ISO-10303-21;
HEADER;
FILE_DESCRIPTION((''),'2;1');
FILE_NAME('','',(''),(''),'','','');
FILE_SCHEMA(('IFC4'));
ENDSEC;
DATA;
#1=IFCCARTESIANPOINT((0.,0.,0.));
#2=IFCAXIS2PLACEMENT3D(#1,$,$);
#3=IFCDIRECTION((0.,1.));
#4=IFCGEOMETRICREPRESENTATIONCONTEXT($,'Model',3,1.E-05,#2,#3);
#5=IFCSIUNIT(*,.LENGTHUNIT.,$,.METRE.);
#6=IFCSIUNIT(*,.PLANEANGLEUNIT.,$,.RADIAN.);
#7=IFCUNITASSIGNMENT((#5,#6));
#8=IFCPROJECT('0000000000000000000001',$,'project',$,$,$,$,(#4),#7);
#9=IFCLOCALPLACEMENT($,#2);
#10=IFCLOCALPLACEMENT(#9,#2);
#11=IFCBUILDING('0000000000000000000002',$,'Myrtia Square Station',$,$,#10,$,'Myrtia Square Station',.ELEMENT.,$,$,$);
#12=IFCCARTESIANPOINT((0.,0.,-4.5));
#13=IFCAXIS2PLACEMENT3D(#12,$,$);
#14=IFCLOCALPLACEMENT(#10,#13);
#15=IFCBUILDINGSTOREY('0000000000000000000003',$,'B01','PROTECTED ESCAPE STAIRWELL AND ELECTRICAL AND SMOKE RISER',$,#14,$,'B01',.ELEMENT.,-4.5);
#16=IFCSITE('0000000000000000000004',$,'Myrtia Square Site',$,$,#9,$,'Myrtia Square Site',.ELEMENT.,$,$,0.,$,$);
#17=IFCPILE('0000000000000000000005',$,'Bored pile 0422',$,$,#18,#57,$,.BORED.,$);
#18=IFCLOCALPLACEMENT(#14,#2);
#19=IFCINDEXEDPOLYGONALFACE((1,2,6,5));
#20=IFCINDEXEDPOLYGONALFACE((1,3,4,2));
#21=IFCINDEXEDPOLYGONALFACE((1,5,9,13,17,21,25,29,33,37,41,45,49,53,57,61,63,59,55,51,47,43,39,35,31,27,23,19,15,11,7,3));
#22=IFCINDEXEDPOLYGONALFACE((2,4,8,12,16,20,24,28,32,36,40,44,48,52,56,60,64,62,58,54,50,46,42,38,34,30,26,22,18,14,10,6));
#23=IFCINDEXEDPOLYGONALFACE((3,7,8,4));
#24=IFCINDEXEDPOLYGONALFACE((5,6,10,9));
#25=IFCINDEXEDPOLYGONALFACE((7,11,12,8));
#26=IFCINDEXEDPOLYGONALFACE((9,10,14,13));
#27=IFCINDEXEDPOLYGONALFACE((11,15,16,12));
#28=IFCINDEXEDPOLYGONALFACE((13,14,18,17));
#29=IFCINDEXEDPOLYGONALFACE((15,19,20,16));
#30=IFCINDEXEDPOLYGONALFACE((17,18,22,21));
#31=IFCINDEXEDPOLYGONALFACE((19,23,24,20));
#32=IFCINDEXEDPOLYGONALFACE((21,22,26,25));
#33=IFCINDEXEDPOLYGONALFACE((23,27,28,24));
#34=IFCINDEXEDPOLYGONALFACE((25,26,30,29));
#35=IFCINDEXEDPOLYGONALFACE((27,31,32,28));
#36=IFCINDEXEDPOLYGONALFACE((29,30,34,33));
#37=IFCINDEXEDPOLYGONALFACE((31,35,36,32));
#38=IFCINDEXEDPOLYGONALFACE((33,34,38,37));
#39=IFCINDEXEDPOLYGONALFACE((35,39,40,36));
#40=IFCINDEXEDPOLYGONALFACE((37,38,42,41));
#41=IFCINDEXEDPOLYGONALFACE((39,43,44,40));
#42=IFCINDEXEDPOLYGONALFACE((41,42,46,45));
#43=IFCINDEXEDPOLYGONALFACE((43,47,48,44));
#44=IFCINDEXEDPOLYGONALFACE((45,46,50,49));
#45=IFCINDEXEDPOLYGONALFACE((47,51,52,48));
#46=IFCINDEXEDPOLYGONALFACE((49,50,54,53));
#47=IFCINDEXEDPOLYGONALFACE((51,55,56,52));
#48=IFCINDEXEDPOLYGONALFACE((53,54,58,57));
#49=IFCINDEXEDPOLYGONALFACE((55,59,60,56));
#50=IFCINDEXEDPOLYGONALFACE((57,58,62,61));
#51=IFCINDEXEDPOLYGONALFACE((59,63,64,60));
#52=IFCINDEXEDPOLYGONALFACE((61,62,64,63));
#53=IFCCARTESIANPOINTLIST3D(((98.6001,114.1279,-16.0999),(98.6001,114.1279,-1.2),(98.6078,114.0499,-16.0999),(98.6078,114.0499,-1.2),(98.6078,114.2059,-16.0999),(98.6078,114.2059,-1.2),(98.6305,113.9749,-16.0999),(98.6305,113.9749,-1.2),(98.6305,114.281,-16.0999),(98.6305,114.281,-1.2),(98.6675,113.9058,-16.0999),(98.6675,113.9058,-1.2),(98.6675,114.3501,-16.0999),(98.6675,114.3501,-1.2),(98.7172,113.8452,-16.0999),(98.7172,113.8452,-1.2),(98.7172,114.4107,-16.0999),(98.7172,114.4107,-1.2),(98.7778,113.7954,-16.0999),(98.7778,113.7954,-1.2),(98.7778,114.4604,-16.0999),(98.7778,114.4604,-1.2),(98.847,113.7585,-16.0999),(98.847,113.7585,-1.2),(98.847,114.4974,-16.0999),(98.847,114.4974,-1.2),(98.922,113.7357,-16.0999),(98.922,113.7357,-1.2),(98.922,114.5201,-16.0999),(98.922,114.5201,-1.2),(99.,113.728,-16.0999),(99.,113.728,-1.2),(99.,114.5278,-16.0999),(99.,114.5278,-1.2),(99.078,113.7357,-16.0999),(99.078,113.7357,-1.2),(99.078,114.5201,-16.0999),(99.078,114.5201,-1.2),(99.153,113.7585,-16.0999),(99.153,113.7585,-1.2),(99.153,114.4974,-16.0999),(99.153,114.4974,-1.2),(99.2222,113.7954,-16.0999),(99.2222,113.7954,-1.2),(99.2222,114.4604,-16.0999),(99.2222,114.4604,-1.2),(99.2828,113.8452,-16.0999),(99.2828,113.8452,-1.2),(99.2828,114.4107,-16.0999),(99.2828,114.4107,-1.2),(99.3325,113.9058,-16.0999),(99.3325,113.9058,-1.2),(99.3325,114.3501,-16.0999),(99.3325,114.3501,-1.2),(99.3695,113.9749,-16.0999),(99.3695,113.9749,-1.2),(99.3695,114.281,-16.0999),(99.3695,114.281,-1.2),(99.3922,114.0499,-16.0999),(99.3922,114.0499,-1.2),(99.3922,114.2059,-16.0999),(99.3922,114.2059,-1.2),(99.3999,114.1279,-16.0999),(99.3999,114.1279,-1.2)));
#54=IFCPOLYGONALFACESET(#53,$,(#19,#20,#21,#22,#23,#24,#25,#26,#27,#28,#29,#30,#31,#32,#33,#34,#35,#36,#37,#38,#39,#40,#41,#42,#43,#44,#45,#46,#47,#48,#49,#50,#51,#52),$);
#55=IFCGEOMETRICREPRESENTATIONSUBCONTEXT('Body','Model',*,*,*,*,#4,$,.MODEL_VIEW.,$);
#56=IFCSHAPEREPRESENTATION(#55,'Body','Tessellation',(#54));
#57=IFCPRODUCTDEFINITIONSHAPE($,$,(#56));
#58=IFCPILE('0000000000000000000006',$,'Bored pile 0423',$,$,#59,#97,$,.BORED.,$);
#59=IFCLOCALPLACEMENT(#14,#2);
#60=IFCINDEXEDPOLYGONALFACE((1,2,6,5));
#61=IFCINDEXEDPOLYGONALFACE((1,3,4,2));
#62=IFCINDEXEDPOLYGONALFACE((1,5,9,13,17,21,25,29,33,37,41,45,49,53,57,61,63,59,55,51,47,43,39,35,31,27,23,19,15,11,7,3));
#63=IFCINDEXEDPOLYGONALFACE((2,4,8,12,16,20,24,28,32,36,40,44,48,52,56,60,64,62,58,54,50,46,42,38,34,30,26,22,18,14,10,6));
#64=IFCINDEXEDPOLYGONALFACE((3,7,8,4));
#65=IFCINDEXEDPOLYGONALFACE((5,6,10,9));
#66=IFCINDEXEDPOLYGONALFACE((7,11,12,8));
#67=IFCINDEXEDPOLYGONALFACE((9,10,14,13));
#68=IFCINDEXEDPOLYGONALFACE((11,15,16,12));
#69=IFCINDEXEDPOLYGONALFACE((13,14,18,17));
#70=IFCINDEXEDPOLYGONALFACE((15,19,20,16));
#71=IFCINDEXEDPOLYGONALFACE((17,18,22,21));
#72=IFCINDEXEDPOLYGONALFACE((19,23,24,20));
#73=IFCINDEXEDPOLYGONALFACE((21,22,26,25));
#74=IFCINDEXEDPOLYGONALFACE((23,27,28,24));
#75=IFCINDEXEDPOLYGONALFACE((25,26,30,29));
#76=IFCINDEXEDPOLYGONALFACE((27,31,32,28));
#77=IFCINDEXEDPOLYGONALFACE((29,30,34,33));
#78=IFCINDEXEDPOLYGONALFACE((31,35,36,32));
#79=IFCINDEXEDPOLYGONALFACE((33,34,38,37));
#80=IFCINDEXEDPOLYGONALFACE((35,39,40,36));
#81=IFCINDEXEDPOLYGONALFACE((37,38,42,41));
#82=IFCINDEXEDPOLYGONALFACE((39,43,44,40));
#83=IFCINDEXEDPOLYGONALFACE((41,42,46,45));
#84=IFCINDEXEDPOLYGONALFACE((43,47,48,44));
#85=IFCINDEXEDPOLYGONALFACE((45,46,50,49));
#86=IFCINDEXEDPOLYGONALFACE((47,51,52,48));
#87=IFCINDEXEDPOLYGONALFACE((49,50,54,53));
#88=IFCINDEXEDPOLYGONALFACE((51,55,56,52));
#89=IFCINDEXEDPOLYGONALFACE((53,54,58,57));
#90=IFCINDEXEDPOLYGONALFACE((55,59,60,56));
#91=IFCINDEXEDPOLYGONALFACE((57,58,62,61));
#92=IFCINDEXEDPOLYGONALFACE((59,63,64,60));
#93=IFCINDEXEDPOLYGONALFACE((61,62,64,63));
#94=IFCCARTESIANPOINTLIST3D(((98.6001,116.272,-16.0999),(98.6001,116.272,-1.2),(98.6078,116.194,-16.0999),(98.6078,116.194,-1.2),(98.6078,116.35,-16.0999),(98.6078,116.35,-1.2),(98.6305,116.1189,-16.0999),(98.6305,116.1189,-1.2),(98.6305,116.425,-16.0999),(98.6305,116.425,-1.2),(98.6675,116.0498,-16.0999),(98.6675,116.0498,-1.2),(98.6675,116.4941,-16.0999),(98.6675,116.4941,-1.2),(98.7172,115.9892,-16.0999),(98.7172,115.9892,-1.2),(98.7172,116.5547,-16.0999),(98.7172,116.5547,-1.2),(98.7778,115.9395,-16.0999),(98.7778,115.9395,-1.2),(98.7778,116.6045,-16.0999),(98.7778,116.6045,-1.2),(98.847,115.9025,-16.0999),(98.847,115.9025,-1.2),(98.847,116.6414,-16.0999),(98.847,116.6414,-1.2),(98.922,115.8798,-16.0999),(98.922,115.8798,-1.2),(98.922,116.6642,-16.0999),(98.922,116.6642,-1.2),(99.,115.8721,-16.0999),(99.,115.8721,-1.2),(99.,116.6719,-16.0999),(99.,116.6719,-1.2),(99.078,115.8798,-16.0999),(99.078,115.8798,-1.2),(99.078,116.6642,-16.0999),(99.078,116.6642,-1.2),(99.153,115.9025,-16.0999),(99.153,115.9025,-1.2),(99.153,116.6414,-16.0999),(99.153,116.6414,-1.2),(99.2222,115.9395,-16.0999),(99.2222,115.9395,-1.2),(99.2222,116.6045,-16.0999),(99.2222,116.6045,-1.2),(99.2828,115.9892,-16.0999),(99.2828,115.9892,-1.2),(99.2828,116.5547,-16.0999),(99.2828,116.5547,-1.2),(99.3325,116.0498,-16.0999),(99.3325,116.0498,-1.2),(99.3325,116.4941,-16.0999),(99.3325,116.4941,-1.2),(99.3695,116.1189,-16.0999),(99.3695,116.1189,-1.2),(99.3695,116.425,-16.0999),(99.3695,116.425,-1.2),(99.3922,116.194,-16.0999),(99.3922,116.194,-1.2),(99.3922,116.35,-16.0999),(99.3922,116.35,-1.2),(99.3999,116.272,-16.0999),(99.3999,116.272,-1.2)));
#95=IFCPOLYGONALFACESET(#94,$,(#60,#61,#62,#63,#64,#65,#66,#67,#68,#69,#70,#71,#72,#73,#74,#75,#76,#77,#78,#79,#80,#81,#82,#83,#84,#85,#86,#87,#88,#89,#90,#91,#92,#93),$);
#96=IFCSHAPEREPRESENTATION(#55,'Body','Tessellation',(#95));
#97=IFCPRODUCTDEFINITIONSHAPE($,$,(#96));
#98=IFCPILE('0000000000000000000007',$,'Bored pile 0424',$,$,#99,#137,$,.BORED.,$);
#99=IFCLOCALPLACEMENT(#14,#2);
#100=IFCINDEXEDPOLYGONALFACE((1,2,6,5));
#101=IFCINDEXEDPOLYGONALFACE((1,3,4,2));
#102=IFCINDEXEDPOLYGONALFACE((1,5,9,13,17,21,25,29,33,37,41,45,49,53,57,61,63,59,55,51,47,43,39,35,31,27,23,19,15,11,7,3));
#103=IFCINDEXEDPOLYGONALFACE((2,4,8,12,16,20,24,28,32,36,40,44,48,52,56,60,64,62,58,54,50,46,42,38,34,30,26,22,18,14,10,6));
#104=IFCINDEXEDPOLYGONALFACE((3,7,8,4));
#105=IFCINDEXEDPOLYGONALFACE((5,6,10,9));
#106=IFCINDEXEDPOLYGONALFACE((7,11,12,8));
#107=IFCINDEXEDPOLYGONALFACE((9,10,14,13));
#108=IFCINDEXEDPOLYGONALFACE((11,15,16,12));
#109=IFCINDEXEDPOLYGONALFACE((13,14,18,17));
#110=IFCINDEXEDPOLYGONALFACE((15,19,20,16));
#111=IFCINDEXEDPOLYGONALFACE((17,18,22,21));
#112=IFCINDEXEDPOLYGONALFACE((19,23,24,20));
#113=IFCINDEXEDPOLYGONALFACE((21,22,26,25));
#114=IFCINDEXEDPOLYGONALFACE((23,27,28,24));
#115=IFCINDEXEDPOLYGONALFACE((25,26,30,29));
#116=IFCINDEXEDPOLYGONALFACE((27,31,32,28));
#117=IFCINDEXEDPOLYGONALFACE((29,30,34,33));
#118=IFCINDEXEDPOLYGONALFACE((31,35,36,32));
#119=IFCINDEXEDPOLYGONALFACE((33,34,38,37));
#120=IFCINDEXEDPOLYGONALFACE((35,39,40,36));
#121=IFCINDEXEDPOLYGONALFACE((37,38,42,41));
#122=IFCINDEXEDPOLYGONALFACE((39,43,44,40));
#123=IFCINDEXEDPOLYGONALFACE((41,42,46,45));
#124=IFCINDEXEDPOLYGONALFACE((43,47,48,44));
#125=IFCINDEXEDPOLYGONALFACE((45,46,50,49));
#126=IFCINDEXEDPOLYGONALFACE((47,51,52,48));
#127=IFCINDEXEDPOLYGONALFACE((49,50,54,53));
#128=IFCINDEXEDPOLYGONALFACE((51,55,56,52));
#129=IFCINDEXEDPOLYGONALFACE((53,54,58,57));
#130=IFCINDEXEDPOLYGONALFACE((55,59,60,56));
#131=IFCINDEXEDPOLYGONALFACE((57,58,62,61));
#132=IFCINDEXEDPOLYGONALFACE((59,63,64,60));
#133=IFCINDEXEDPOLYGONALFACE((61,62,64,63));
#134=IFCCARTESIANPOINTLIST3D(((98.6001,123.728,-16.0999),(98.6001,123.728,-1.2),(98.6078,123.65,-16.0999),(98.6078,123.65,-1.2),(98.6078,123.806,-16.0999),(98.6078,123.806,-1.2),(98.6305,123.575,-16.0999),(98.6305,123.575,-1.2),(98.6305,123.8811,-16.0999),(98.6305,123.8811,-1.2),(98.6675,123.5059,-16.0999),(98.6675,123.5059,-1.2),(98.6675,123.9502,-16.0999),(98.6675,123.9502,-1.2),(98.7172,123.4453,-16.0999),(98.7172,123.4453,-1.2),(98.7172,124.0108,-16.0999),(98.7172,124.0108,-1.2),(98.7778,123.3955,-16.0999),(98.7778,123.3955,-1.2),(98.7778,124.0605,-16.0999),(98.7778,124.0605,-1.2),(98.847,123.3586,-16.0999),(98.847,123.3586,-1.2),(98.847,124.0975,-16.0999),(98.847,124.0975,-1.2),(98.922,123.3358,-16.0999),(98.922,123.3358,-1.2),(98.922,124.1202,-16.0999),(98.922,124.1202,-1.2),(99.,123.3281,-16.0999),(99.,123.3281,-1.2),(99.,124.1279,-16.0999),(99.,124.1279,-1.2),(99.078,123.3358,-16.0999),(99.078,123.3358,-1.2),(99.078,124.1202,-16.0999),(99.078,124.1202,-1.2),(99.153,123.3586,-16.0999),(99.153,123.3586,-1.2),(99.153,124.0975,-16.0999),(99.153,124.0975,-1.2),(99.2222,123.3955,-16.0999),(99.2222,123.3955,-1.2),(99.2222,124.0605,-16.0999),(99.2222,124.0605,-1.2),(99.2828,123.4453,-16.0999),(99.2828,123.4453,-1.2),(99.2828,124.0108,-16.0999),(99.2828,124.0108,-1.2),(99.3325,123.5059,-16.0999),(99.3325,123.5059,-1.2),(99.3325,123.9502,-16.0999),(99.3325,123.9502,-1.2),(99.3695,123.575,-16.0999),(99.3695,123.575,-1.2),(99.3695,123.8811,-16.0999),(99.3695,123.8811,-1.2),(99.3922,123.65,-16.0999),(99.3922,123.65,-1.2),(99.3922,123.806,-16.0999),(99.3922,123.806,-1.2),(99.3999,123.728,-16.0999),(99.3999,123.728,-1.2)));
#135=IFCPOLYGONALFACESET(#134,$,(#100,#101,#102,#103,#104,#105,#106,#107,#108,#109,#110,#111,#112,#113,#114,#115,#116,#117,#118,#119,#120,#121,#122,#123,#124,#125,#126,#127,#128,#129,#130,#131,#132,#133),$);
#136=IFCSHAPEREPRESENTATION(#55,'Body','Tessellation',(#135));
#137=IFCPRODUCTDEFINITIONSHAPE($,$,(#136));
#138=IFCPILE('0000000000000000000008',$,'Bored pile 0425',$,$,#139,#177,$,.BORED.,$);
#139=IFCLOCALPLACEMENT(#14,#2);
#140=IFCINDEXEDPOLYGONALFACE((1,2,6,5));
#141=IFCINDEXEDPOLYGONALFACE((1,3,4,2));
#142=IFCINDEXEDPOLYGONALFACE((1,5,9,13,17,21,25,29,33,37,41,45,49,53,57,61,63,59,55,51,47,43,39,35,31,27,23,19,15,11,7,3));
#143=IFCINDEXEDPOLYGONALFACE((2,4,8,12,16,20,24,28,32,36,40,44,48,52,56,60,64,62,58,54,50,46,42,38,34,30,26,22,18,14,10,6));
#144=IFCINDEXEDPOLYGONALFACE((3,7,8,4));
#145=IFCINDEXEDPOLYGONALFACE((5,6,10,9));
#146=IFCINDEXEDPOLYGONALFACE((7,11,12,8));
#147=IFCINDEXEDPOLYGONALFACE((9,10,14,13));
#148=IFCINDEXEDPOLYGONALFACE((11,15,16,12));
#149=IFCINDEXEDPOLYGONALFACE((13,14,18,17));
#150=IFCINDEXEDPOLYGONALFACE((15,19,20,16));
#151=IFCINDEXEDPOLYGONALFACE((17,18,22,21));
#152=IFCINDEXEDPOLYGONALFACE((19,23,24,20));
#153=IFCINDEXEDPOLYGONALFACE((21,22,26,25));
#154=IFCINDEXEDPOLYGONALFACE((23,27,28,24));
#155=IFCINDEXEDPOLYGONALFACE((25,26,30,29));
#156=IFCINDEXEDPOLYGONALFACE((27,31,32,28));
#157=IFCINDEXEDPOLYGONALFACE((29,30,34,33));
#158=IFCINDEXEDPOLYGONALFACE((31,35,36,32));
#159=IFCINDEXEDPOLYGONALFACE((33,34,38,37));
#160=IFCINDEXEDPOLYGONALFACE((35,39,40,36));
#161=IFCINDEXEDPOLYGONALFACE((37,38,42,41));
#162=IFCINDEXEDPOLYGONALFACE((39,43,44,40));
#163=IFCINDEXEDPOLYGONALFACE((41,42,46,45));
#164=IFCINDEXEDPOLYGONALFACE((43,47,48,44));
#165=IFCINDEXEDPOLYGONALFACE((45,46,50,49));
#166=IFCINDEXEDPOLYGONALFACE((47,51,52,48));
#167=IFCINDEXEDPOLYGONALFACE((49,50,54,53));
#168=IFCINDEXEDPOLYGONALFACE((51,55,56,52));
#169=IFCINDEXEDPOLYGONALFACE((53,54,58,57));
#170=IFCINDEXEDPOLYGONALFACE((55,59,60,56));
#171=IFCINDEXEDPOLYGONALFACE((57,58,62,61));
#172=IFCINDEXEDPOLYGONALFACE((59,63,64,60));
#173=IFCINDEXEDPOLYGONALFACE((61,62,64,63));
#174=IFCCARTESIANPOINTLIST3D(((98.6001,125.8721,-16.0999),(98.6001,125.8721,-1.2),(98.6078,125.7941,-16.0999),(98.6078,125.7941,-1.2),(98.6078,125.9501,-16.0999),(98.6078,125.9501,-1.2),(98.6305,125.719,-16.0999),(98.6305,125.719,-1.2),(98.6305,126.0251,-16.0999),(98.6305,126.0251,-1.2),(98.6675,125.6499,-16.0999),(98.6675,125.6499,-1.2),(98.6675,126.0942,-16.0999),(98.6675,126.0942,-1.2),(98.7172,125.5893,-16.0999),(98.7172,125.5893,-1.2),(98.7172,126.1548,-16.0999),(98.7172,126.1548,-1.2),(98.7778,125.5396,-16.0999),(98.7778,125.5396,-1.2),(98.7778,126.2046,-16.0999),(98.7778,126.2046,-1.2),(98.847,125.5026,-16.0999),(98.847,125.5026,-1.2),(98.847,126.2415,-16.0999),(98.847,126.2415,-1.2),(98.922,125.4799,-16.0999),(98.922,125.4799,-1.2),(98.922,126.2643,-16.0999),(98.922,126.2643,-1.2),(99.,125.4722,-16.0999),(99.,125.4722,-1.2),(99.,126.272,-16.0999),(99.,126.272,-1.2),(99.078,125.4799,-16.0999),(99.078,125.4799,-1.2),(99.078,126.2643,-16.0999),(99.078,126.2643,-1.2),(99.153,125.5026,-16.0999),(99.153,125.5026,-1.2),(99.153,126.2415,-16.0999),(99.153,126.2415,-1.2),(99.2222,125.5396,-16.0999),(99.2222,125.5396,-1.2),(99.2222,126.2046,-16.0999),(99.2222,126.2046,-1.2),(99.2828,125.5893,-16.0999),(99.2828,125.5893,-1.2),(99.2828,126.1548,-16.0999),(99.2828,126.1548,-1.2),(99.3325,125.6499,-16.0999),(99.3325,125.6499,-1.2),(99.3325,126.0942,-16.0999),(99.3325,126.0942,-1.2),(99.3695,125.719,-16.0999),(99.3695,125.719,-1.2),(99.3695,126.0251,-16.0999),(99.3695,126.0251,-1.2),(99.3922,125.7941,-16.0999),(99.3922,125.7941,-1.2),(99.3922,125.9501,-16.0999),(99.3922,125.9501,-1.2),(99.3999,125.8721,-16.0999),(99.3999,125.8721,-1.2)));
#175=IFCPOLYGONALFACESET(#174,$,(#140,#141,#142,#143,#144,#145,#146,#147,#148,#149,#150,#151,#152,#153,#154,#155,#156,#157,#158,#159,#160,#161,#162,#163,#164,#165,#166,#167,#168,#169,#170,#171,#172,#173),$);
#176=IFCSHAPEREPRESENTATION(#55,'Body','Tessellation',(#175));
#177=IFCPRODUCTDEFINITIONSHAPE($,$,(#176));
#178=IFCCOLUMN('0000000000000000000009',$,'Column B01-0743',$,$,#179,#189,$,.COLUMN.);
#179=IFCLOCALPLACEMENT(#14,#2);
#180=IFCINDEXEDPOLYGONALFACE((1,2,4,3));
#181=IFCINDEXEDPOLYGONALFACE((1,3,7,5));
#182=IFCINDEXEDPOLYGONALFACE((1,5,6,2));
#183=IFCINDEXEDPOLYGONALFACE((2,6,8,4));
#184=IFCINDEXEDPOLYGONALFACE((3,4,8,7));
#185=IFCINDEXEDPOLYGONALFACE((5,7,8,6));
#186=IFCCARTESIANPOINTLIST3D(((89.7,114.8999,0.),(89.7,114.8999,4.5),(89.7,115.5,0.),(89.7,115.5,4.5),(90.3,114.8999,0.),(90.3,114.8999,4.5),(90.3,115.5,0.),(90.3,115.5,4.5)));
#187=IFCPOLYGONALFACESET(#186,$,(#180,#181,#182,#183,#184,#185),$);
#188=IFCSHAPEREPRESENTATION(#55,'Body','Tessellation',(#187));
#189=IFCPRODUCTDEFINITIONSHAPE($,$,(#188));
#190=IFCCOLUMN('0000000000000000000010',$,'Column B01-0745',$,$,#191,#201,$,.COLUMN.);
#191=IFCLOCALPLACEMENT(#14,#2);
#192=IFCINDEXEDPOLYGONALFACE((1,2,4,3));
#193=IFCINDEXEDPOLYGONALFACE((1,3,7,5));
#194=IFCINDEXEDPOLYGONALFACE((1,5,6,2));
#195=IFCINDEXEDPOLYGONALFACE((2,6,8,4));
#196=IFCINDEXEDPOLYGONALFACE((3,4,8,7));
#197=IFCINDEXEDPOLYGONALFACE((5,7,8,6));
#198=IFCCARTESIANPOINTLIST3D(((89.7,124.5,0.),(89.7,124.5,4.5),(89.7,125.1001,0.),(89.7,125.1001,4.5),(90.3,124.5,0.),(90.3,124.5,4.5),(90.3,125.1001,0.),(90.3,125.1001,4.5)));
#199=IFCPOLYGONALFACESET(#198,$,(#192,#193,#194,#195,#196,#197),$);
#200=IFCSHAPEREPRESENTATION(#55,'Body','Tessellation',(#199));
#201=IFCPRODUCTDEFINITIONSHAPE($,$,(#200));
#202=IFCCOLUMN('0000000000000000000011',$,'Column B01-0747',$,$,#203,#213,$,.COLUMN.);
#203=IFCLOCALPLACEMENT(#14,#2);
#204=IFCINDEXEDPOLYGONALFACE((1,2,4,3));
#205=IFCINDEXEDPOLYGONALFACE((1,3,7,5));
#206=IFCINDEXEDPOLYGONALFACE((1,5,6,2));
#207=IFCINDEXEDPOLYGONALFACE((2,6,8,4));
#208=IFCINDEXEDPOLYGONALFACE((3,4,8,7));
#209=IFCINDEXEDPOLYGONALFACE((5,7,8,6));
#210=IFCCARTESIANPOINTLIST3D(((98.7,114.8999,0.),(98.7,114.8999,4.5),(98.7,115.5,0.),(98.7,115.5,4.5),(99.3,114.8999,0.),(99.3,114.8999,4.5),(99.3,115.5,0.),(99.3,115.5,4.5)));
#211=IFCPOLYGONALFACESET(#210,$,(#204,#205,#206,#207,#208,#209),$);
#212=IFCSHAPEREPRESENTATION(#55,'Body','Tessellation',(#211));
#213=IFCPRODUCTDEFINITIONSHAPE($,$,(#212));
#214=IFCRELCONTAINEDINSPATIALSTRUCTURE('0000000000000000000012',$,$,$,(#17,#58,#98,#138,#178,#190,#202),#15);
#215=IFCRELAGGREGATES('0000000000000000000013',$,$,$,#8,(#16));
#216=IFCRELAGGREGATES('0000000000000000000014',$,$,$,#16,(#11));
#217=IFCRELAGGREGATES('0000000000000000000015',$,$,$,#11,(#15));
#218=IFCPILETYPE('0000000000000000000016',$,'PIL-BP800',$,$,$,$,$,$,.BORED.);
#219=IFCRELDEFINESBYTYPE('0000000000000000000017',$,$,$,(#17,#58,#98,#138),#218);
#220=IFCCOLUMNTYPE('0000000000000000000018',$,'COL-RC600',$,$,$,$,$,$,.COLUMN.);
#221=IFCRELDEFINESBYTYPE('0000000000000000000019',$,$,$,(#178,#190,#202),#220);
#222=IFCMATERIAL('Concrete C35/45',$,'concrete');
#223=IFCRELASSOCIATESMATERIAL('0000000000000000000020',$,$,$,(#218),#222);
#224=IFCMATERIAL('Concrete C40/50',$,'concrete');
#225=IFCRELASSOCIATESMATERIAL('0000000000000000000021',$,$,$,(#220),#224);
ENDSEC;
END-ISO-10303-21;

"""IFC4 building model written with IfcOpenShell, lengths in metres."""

from ifc_helpers import new_model, si_unit, direction, frame, origin, origin_2d, place, context, subcontext, project, spatial, rectangle, circle, extrude, material, material_profile, profile_set, type_object, element, save


model = new_model("IFC4")

# Units and contexts
model_context = context("Model", 3, precision=1e-05, world=origin(), true_north=direction((0.0, 1.0)))
body_context = subcontext(model_context, "Body", "Model", "MODEL_VIEW")
ifc_project = project(units=[si_unit("LENGTHUNIT", "METRE"), si_unit("PLANEANGLEUNIT", "RADIAN")], contexts=[model_context])

# Site, building, storey
site_placement = place(None, origin())
site = spatial("IfcSite", under=ifc_project, at=site_placement, Name="Myrtia Square Site", LongName="Myrtia Square Site", CompositionType="ELEMENT", RefElevation=0.0)
building_placement = place(site_placement, origin())
building = spatial("IfcBuilding", under=site, at=building_placement, Name="Myrtia Square Station", LongName="Myrtia Square Station", CompositionType="ELEMENT")
storey_placement = place(building_placement, frame((0.0, 0.0, -4.5)))
storey = spatial("IfcBuildingStorey", under=building, at=storey_placement, Name="B01", Description="PROTECTED ESCAPE STAIRWELL AND ELECTRICAL AND SMOKE RISER", LongName="B01", CompositionType="ELEMENT", Elevation=-4.5)

# Shared definitions
ifc_material_1 = material(Name="Concrete C35/45", Category="concrete")

# Piles
ifc_material_profile_1 = material_profile(ifc_material_1, circle(Radius=0.3999, at=origin_2d()), Name="BP D800")
ifc_profile_set_1 = profile_set([ifc_material_profile_1], Name="Concrete C35/45")
pile_type = type_object("IfcPileType", Name="PIL-BP800", PredefinedType="BORED", material=ifc_profile_set_1)
for number, where, z_axis, x_axis, name in (
    (1, (99.0, 114.1279, -1.2), (0.0, 0.0, -1.0), (1.0, 0.0, 0.0), "Bored pile 0422"),
    (2, (99.0, 116.272, -1.2), (0.0, 0.0, -1.0), (1.0, 0.0, 0.0), "Bored pile 0423"),
    (3, (99.0, 123.728, -1.2), (0.0, 0.0, -1.0), (1.0, 0.0, 0.0), "Bored pile 0424"),
    (4, (99.0, 125.8721, -1.2), (0.0, 0.0, -1.0), (1.0, 0.0, 0.0), "Bored pile 0425"),
):
    element("IfcPile", number, at=place(storey_placement, frame(where, z_axis=z_axis, x_axis=x_axis)), inside=storey, type_object=pile_type, Name=name, PredefinedType="BORED", context=body_context, shape_type="SweptSolid", body=[
        extrude(circle(Radius=0.3999, at=origin_2d()), origin(), (0.0, 0.0, 1.0), 14.8999),
    ])

# Columns
ifc_material_2 = material(Name="Concrete C40/50", Category="concrete")
ifc_material_profile_2 = material_profile(ifc_material_2, rectangle(XDim=0.6001, YDim=0.6001, at=origin_2d()), Name="RC 600x600")
ifc_profile_set_2 = profile_set([ifc_material_profile_2], Name="Concrete C40/50")
column_type = type_object("IfcColumnType", Name="COL-RC600", PredefinedType="COLUMN", material=ifc_profile_set_2)
for number, where, z_axis, x_axis, name in (
    (5, (90.0, 115.2, 0.0), (0.0, 0.0, 1.0), (1.0, 0.0, 0.0), "Column B01-0743"),
    (6, (90.0, 124.8, 0.0), (0.0, 0.0, 1.0), (1.0, 0.0, 0.0), "Column B01-0745"),
    (7, (99.0, 115.2, 0.0), (0.0, 0.0, 1.0), (1.0, 0.0, 0.0), "Column B01-0747"),
):
    element("IfcColumn", number, at=place(storey_placement, frame(where, z_axis=z_axis, x_axis=x_axis)), inside=storey, type_object=column_type, Name=name, PredefinedType="COLUMN", context=body_context, shape_type="SweptSolid", body=[
        extrude(rectangle(XDim=0.6001, YDim=0.6001, at=origin_2d()), origin(), (0.0, 0.0, 1.0), 4.5),
    ])

save(model, "model.ifc")
